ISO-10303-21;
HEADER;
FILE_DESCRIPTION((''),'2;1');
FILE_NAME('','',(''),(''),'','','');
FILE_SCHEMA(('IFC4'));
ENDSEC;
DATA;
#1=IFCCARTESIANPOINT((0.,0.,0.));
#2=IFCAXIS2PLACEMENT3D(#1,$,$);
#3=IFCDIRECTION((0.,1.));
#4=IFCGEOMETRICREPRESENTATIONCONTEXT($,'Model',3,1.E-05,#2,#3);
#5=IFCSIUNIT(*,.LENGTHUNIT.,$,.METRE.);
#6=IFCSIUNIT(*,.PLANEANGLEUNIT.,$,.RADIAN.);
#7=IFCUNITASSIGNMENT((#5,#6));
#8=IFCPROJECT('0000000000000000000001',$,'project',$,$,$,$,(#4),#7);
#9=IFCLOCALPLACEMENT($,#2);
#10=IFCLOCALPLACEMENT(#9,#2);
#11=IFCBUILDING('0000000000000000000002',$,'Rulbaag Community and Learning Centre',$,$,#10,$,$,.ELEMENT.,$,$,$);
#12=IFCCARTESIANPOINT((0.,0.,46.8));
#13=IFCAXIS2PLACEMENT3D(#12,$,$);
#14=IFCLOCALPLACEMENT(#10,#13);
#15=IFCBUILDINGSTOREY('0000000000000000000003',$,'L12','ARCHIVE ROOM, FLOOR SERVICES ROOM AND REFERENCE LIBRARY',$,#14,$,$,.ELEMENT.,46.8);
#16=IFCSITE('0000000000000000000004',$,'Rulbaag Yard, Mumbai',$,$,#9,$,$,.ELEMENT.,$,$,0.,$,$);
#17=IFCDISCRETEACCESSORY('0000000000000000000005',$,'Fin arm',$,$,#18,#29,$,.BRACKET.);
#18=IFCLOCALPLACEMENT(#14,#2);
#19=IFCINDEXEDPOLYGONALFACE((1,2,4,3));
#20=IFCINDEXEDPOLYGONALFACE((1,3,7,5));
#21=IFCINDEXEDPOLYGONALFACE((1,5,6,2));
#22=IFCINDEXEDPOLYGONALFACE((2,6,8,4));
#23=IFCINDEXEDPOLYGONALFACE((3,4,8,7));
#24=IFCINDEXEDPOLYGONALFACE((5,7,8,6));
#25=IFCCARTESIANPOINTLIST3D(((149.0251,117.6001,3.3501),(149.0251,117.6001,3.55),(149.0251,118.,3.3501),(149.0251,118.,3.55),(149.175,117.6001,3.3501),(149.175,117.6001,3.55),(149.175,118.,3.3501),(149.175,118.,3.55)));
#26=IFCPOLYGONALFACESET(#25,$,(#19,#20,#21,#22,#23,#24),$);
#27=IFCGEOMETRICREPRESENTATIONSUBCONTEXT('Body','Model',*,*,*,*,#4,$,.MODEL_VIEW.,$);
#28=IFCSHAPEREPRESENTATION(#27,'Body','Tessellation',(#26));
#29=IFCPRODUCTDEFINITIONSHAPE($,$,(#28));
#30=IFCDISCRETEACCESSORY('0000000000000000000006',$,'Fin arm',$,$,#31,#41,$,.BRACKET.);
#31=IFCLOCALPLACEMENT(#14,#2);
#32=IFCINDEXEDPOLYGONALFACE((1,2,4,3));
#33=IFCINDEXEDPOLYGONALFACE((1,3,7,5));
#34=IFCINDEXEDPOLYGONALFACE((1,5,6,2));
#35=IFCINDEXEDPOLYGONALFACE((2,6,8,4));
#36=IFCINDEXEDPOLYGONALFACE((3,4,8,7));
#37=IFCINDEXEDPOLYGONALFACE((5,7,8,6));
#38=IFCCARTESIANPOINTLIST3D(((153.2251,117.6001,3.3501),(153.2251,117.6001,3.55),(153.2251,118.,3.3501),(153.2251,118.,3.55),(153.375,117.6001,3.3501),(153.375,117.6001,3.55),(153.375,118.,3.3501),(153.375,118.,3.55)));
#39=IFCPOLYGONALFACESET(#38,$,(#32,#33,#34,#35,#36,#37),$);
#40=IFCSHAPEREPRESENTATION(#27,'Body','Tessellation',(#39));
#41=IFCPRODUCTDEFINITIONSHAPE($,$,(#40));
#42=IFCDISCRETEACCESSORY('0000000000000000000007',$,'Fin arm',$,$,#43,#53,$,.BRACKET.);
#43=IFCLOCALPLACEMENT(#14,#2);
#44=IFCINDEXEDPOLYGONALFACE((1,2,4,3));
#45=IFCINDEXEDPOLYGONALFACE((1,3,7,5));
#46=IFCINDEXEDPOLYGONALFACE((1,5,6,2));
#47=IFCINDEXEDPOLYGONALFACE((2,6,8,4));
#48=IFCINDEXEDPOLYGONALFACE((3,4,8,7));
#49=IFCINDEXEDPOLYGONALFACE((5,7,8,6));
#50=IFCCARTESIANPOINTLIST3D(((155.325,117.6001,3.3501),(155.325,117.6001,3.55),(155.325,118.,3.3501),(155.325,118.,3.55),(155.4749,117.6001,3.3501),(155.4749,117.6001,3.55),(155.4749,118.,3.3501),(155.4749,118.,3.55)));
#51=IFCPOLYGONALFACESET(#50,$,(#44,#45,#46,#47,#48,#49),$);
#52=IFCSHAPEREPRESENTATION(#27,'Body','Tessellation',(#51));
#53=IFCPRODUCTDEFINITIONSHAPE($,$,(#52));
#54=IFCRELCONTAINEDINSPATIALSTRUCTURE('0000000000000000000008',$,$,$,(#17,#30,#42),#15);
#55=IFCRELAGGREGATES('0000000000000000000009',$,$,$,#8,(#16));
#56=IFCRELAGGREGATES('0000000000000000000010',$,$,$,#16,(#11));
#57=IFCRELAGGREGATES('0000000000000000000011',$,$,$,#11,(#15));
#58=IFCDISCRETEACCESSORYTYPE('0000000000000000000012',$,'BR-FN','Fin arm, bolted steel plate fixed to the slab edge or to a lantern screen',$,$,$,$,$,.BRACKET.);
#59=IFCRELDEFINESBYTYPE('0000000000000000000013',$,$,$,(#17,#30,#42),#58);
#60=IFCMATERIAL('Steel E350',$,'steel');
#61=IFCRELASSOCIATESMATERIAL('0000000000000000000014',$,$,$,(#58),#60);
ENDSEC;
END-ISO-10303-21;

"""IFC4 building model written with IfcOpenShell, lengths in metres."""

from ifc_helpers import new_model, si_unit, direction, frame, origin, origin_2d, place, context, subcontext, project, spatial, rectangle, extrude, material, type_object, element, save


model = new_model("IFC4")

# Units and contexts
model_context = context("Model", 3, precision=1e-05, world=origin(), true_north=direction((0.0, 1.0)))
body_context = subcontext(model_context, "Body", "Model", "MODEL_VIEW")
ifc_project = project(units=[si_unit("LENGTHUNIT", "METRE"), si_unit("PLANEANGLEUNIT", "RADIAN")], contexts=[model_context])

# Site, building, storey
site_placement = place(None, origin())
site = spatial("IfcSite", under=ifc_project, at=site_placement, Name="Rulbaag Yard, Mumbai", CompositionType="ELEMENT", RefElevation=0.0)
building_placement = place(site_placement, origin())
building = spatial("IfcBuilding", under=site, at=building_placement, Name="Rulbaag Community and Learning Centre", CompositionType="ELEMENT")
storey_placement = place(building_placement, frame((0.0, 0.0, 46.8)))
storey = spatial("IfcBuildingStorey", under=building, at=storey_placement, Name="L12", Description="ARCHIVE ROOM, FLOOR SERVICES ROOM AND REFERENCE LIBRARY", CompositionType="ELEMENT", Elevation=46.8)

# Discrete accessories
ifc_material_1 = material(Name="Steel E350", Category="steel")
discrete_accessory_type = type_object("IfcDiscreteAccessoryType", Name="BR-FN", Description="Fin arm, bolted steel plate fixed to the slab edge or to a lantern screen", PredefinedType="BRACKET", material=ifc_material_1)
for number, where, z_axis, x_axis, name in (
    (1, (149.1001, 117.8, 3.3501), (0.0, 0.0, 1.0), (1.0, 0.0, 0.0), "Fin arm"),
    (2, (153.3, 117.8, 3.3501), (0.0, 0.0, 1.0), (1.0, 0.0, 0.0), "Fin arm"),
    (3, (155.3999, 117.8, 3.3501), (0.0, 0.0, 1.0), (1.0, 0.0, 0.0), "Fin arm"),
):
    element("IfcDiscreteAccessory", number, at=place(storey_placement, frame(where, z_axis=z_axis, x_axis=x_axis)), inside=storey, type_object=discrete_accessory_type, Name=name, PredefinedType="BRACKET", context=body_context, shape_type="SweptSolid", body=[
        extrude(rectangle(XDim=0.1499, YDim=0.3999, at=origin_2d()), origin(), (0.0, 0.0, 1.0), 0.2),
    ])

save(model, "model.ifc")
